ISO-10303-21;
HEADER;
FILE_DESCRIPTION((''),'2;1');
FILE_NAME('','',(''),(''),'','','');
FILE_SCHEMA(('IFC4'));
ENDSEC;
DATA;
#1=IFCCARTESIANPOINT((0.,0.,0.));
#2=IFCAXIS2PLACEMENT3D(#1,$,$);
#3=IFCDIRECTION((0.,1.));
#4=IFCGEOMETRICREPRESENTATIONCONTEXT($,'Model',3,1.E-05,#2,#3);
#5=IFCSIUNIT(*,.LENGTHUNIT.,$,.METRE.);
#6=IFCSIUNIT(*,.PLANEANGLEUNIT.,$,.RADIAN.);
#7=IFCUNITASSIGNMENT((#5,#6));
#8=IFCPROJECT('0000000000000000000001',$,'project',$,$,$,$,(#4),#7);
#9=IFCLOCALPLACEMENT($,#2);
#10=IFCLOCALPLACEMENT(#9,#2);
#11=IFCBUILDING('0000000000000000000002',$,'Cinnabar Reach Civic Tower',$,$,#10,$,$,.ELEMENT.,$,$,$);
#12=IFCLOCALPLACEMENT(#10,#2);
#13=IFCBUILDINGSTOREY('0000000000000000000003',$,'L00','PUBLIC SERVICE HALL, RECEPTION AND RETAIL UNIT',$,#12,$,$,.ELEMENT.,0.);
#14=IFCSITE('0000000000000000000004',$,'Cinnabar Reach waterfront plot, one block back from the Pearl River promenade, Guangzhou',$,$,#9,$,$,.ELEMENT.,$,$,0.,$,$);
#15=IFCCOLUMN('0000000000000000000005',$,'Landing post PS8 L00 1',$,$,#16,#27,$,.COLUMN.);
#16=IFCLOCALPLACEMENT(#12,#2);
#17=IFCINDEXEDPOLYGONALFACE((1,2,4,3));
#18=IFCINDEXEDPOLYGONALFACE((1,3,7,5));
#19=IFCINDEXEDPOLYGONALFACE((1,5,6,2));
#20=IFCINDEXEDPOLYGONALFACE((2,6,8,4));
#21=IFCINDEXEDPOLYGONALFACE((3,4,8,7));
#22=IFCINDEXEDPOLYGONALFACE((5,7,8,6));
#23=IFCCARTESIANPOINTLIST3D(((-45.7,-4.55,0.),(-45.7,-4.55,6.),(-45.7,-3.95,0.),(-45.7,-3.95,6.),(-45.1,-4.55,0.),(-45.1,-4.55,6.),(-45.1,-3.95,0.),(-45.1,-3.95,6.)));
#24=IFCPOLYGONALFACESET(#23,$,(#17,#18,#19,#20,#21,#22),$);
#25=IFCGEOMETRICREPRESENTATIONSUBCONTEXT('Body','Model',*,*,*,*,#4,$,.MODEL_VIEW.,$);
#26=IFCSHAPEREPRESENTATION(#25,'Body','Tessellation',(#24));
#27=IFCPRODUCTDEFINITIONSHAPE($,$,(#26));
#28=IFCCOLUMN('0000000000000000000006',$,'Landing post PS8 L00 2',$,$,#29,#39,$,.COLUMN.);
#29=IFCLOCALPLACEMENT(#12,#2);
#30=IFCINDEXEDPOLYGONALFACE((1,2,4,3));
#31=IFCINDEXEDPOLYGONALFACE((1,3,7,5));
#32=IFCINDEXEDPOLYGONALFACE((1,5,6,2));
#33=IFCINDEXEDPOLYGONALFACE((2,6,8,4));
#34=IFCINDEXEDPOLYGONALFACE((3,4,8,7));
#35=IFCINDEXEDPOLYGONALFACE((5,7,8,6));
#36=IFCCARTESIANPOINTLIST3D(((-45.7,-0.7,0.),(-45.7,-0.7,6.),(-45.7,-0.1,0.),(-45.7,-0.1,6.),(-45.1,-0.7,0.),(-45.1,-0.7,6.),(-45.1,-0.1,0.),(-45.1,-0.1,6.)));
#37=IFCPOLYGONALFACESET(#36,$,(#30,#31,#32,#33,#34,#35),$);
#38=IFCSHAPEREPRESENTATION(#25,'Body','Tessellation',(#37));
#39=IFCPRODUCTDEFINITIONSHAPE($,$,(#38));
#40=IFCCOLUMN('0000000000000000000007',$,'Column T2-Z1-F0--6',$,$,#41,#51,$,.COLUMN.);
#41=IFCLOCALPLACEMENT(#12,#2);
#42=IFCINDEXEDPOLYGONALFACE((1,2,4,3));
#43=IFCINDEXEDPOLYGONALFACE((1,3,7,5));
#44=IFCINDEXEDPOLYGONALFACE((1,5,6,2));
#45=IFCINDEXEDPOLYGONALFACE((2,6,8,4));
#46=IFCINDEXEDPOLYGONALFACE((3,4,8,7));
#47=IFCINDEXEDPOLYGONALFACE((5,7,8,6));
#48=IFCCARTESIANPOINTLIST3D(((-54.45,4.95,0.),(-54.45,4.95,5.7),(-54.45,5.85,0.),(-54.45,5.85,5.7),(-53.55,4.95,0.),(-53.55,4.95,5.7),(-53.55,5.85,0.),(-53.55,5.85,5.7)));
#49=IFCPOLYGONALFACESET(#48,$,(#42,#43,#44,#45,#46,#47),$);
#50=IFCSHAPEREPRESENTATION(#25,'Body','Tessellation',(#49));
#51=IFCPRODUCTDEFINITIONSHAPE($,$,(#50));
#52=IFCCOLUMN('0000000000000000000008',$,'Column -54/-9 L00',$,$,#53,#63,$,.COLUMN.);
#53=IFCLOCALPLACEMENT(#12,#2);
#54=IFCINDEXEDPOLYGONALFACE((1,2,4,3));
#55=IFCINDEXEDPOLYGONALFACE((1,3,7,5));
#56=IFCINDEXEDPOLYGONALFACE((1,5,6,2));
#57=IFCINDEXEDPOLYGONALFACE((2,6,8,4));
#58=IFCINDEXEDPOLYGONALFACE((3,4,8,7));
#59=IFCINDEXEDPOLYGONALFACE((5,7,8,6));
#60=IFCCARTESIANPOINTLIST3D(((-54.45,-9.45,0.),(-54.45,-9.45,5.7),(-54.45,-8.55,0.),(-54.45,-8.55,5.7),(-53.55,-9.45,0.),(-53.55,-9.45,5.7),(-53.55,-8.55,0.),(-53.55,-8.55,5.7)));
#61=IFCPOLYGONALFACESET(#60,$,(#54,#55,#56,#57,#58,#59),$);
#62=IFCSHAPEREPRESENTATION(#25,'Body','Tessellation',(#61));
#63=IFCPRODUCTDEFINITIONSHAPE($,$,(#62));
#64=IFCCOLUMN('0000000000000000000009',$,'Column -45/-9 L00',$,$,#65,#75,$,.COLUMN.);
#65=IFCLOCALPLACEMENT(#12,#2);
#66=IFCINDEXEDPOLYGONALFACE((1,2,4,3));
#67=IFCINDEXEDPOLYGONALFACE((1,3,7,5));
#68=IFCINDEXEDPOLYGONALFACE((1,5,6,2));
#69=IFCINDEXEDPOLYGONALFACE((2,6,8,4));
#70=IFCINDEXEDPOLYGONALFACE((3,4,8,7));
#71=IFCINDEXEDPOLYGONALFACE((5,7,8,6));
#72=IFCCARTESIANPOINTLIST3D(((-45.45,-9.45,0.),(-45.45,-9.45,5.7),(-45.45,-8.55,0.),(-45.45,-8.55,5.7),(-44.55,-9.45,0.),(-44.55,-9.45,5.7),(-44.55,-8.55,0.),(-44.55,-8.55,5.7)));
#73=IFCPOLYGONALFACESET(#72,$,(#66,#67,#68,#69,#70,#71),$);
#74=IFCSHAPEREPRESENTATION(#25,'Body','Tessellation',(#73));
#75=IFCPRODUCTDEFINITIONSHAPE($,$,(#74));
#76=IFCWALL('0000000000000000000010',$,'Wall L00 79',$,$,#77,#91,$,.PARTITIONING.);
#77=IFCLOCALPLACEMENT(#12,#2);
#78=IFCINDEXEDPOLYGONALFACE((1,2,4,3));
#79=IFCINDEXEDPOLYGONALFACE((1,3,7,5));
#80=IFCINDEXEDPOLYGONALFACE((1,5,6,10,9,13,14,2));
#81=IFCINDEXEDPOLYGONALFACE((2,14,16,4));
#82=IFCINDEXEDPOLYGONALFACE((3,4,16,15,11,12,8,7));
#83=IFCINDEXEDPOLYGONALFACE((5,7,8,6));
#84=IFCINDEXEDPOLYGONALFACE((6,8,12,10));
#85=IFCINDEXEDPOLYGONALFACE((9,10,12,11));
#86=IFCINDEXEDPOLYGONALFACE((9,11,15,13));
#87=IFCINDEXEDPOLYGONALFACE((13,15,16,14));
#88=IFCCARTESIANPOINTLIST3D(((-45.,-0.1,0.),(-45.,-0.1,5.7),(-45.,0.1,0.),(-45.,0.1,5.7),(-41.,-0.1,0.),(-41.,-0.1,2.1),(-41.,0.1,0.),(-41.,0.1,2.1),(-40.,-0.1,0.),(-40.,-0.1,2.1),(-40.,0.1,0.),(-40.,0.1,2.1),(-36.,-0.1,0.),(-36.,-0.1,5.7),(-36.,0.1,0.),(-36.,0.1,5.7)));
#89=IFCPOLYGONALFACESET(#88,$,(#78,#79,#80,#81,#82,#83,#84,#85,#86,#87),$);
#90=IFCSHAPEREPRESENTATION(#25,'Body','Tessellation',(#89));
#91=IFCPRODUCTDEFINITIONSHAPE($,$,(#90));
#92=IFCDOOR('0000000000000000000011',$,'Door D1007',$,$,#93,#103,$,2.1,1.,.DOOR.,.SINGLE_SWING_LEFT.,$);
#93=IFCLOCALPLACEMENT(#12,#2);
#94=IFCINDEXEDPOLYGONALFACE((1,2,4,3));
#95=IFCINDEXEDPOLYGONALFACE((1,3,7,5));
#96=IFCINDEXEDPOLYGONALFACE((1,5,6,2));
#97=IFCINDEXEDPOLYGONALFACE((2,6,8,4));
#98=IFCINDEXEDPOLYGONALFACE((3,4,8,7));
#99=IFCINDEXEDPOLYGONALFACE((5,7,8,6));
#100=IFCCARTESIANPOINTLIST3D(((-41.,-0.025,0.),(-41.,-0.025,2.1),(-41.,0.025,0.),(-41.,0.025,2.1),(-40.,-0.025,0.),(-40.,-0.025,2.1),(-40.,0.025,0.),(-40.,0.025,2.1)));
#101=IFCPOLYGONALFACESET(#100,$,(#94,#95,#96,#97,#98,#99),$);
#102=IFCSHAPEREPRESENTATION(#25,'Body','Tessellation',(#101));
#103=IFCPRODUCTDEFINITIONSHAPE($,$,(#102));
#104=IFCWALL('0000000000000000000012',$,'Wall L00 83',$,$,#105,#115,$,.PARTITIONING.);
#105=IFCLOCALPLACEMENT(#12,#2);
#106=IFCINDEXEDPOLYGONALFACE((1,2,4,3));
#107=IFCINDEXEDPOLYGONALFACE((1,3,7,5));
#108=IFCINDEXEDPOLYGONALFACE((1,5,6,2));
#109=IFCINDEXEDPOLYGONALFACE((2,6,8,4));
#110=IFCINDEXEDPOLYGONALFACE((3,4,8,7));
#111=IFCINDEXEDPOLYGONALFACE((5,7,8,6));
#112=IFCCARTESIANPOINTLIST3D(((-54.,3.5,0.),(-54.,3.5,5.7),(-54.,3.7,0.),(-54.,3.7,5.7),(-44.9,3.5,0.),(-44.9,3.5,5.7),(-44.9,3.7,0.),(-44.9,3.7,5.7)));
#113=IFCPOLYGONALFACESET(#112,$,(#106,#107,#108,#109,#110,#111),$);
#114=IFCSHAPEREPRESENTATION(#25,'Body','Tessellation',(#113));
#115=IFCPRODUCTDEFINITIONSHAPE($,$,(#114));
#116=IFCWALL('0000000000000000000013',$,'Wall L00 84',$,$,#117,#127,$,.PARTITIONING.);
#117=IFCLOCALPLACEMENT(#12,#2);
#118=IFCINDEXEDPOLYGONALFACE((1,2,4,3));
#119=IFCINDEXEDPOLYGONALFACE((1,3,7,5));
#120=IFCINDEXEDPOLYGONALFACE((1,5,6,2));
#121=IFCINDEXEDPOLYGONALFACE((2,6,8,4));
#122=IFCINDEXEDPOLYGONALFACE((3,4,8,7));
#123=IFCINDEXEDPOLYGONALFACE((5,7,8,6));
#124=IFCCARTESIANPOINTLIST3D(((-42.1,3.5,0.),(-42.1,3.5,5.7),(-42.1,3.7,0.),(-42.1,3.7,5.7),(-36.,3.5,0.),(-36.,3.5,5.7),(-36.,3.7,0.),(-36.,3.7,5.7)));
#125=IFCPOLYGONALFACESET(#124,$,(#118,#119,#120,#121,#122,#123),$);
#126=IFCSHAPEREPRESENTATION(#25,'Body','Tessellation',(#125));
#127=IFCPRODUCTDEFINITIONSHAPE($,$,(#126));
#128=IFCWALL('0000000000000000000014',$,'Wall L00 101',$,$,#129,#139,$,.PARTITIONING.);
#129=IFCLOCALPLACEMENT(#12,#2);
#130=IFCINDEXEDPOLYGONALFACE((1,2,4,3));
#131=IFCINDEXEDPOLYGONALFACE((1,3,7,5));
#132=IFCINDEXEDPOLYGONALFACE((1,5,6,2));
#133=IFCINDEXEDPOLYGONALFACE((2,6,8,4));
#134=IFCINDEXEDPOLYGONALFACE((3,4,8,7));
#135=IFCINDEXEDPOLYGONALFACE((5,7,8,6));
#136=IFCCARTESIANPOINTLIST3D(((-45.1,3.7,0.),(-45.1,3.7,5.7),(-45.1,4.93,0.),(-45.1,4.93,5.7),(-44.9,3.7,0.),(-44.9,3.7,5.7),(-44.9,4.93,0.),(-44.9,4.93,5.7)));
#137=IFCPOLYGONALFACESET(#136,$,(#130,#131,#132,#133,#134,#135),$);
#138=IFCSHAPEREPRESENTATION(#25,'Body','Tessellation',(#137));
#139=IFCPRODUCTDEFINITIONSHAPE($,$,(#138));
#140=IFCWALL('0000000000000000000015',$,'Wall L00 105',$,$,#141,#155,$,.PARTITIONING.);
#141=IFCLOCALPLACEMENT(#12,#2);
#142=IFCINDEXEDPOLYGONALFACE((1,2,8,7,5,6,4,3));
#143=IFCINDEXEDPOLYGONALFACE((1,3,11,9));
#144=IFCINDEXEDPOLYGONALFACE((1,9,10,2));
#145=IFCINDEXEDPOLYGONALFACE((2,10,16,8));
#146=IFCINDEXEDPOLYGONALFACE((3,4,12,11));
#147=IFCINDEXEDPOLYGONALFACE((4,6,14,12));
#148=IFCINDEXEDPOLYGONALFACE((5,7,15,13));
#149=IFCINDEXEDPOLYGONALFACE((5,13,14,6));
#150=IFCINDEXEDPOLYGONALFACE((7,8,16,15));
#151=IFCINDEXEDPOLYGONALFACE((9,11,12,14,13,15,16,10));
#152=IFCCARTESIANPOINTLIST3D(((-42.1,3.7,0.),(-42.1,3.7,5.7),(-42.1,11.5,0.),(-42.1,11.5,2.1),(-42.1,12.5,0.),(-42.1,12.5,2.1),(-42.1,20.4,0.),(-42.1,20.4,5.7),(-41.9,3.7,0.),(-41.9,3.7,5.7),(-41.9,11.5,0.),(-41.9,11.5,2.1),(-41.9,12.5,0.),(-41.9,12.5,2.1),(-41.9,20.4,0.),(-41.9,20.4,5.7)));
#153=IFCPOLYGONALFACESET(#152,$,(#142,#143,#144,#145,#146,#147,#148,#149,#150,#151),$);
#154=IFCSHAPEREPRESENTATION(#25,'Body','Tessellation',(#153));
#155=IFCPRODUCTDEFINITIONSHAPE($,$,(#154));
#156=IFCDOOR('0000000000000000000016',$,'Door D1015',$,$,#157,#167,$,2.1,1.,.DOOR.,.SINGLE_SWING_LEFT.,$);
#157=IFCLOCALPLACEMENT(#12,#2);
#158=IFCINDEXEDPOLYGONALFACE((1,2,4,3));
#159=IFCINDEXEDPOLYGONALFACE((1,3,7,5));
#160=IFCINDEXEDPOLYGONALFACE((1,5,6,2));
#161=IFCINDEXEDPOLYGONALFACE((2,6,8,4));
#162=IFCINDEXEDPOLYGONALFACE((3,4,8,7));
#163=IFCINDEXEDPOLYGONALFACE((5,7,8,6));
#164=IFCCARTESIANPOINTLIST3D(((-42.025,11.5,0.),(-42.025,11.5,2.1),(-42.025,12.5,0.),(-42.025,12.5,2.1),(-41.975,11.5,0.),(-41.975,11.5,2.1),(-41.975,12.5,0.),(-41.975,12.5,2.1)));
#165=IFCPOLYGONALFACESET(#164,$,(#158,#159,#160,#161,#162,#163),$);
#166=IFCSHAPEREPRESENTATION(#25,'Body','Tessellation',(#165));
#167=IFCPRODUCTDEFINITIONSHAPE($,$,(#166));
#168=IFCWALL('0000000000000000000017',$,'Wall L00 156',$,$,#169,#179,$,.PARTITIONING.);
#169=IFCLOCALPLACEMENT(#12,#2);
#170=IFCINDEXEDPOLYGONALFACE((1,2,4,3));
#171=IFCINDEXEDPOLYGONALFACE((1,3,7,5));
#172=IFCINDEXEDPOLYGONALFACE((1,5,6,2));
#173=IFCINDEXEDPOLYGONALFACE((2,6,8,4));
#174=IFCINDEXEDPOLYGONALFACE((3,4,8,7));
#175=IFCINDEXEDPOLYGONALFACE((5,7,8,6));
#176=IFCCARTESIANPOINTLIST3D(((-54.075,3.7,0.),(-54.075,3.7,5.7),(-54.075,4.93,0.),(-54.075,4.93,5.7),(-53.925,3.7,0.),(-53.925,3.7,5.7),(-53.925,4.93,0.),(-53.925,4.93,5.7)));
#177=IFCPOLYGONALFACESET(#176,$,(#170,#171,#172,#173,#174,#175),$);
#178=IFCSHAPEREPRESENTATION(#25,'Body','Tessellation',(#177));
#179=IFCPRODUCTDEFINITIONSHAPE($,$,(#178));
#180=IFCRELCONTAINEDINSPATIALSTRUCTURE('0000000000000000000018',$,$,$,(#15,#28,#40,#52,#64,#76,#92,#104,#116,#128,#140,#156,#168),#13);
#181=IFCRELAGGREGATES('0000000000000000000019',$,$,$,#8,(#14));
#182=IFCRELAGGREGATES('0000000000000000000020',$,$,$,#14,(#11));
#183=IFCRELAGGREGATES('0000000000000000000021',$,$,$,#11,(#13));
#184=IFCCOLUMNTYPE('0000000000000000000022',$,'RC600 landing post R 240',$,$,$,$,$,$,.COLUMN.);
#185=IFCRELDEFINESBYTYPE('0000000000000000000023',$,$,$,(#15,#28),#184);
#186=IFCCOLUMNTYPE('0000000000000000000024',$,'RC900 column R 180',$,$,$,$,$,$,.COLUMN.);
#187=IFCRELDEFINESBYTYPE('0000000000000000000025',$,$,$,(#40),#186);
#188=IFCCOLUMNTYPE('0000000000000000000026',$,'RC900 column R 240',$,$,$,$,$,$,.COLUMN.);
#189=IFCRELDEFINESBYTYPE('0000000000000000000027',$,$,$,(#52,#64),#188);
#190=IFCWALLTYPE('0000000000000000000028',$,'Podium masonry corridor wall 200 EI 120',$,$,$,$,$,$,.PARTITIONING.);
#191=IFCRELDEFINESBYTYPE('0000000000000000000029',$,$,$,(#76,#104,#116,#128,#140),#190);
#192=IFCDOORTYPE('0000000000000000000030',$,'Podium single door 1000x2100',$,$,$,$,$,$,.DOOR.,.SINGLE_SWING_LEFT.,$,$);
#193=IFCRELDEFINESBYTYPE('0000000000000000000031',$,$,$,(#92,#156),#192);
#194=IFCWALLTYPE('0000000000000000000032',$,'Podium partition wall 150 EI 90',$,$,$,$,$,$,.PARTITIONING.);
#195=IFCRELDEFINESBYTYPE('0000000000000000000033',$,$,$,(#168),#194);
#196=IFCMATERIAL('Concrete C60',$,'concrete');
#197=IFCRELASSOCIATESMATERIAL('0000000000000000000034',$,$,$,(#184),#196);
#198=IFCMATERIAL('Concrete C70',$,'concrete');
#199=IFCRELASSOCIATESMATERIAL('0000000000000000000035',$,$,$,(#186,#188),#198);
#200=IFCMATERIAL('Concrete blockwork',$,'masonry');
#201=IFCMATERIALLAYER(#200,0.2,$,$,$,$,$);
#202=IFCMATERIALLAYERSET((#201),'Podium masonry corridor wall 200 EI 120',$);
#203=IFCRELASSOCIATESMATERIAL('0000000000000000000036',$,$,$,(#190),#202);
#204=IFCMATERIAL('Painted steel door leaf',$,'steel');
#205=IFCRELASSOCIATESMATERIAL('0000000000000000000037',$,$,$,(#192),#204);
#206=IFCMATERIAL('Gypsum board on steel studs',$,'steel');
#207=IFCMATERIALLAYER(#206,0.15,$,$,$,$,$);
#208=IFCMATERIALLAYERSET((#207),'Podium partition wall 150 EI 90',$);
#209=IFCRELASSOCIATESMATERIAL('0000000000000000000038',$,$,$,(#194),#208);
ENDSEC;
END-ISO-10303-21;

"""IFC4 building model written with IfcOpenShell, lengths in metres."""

from ifc_helpers import new_model, si_unit, direction, frame, frame_2d, origin, origin_2d, place, context, subcontext, project, spatial, rectangle, extrude, material, layer, layer_set, material_profile, profile_set, type_object, element, fill, save


model = new_model("IFC4")

# Units and contexts
model_context = context("Model", 3, precision=1e-05, world=origin(), true_north=direction((0.0, 1.0)))
body_context = subcontext(model_context, "Body", "Model", "MODEL_VIEW")
ifc_project = project(units=[si_unit("LENGTHUNIT", "METRE"), si_unit("PLANEANGLEUNIT", "RADIAN")], contexts=[model_context])

# Site, building, storey
site_placement = place(None, origin())
site = spatial("IfcSite", under=ifc_project, at=site_placement, Name="Cinnabar Reach waterfront plot, one block back from the Pearl River promenade, Guangzhou", CompositionType="ELEMENT", RefElevation=0.0)
building_placement = place(site_placement, origin())
building = spatial("IfcBuilding", under=site, at=building_placement, Name="Cinnabar Reach Civic Tower", CompositionType="ELEMENT")
storey_placement = place(building_placement, origin())
storey = spatial("IfcBuildingStorey", under=building, at=storey_placement, Name="L00", Description="PUBLIC SERVICE HALL, RECEPTION AND RETAIL UNIT", CompositionType="ELEMENT", Elevation=0.0)

# Columns
ifc_material_1 = material(Name="Concrete C60", Category="concrete")
ifc_material_profile_1 = material_profile(ifc_material_1, rectangle(XDim=0.6, YDim=0.6, at=origin_2d()), Name="RC600")
ifc_profile_set_1 = profile_set([ifc_material_profile_1], Name="Concrete C60")
column_type_1 = type_object("IfcColumnType", Name="RC600 landing post R 240", PredefinedType="COLUMN", material=ifc_profile_set_1)
for number, where, z_axis, x_axis, name in (
    (1, (-45.4, -4.25, 0.0), (0.0, 0.0, 1.0), (1.0, 0.0, 0.0), "Landing post PS8 L00 1"),
    (2, (-45.4, -0.4, 0.0), (0.0, 0.0, 1.0), (1.0, 0.0, 0.0), "Landing post PS8 L00 2"),
):
    element("IfcColumn", number, at=place(storey_placement, frame(where, z_axis=z_axis, x_axis=x_axis)), inside=storey, type_object=column_type_1, Name=name, PredefinedType="COLUMN", context=body_context, shape_type="SweptSolid", body=[
        extrude(rectangle(XDim=0.6, YDim=0.6, at=origin_2d()), origin(), (0.0, 0.0, 1.0), 6.0),
    ])
ifc_material_2 = material(Name="Concrete C70", Category="concrete")
ifc_material_profile_2 = material_profile(ifc_material_2, rectangle(XDim=0.9, YDim=0.9, at=origin_2d()), Name="RC900")
ifc_profile_set_2 = profile_set([ifc_material_profile_2], Name="Concrete C70")
column_type_2 = type_object("IfcColumnType", Name="RC900 column R 180", PredefinedType="COLUMN", material=ifc_profile_set_2)
column_placement = place(storey_placement, frame((-54.0, 5.4, 0.0), z_axis=(0.0, 0.0, 1.0), x_axis=(1.0, 0.0, 0.0)))
element("IfcColumn", 3, at=column_placement, inside=storey, type_object=column_type_2, Name="Column T2-Z1-F0--6", PredefinedType="COLUMN", context=body_context, shape_type="SweptSolid", body=[
    extrude(rectangle(XDim=0.9, YDim=0.9, at=origin_2d()), origin(), (0.0, 0.0, 1.0), 5.7),
])
ifc_material_profile_3 = material_profile(ifc_material_2, rectangle(XDim=0.9, YDim=0.9, at=origin_2d()), Name="RC900")
ifc_profile_set_3 = profile_set([ifc_material_profile_3], Name="Concrete C70")
column_type_3 = type_object("IfcColumnType", Name="RC900 column R 240", PredefinedType="COLUMN", material=ifc_profile_set_3)
for number, where, z_axis, x_axis, name in (
    (4, (-54.0, -9.0, 0.0), (0.0, 0.0, 1.0), (1.0, 0.0, 0.0), "Column -54/-9 L00"),
    (5, (-45.0, -9.0, 0.0), (0.0, 0.0, 1.0), (1.0, 0.0, 0.0), "Column -45/-9 L00"),
):
    element("IfcColumn", number, at=place(storey_placement, frame(where, z_axis=z_axis, x_axis=x_axis)), inside=storey, type_object=column_type_3, Name=name, PredefinedType="COLUMN", context=body_context, shape_type="SweptSolid", body=[
        extrude(rectangle(XDim=0.9, YDim=0.9, at=origin_2d()), origin(), (0.0, 0.0, 1.0), 5.7),
    ])

# Wall, opening, door
ifc_material_3 = material(Name="Concrete blockwork", Category="masonry")
ifc_layer_1 = layer(ifc_material_3, 0.2)
ifc_layer_set_1 = layer_set([ifc_layer_1], Name="Podium masonry corridor wall 200 EI 120")
wall_type_1 = type_object("IfcWallType", Name="Podium masonry corridor wall 200 EI 120", PredefinedType="PARTITIONING", material=ifc_layer_set_1)
wall_1_placement = place(storey_placement, frame((-45.0, 0.0, 0.0), z_axis=(0.0, 0.0, 1.0), x_axis=(1.0, 0.0, 0.0)))
wall_1 = element("IfcWall", 6, at=wall_1_placement, inside=storey, type_object=wall_type_1, Name="Wall L00 79", PredefinedType="PARTITIONING", context=body_context, shape_type="SweptSolid", body=[
    extrude(rectangle(XDim=9.0, YDim=0.2, at=frame_2d((4.5, 0.0))), origin(), (0.0, 0.0, 1.0), 5.7),
])
opening_1_placement = place(wall_1_placement, frame((4.0, 0.0, 0.0)))
opening_1 = element("IfcOpeningElement", 7, at=opening_1_placement, cuts=wall_1, PredefinedType="OPENING", context=body_context, shape_type="SweptSolid", body=[
    extrude(rectangle(XDim=1.0, YDim=2.1, at=frame_2d((0.5, 1.05))), frame((0.0, 0.11, 0.0), z_axis=(0.0, -1.0, 0.0), x_axis=(1.0, 0.0, 0.0)), (0.0, 0.0, 1.0), 0.22),
])
ifc_material_4 = material(Name="Painted steel door leaf", Category="steel")
door_type = type_object("IfcDoorType", Name="Podium single door 1000x2100", OperationType="SINGLE_SWING_LEFT", PredefinedType="DOOR", material=ifc_material_4)
door_1_placement = place(opening_1_placement, frame((1.0, 0.0, 0.0), z_axis=(0.0, 0.0, 1.0), x_axis=(-1.0, 0.0, 0.0)))
door_1 = element("IfcDoor", 8, at=door_1_placement, inside=storey, type_object=door_type, Name="Door D1007", OperationType="SINGLE_SWING_LEFT", OverallHeight=2.1, OverallWidth=1.0, PredefinedType="DOOR", context=body_context, shape_type="SweptSolid", body=[
    extrude(rectangle(XDim=1.0, YDim=2.1, at=frame_2d((0.5, 1.05))), frame((0.0, 0.025, 0.0), z_axis=(0.0, -1.0, 0.0), x_axis=(1.0, 0.0, 0.0)), (0.0, 0.0, 1.0), 0.05),
])
fill(opening_1, door_1)

# Walls
wall_2_placement = place(storey_placement, frame((-54.0, 3.6, 0.0), z_axis=(0.0, 0.0, 1.0), x_axis=(1.0, 0.0, 0.0)))
element("IfcWall", 9, at=wall_2_placement, inside=storey, type_object=wall_type_1, Name="Wall L00 83", PredefinedType="PARTITIONING", context=body_context, shape_type="SweptSolid", body=[
    extrude(rectangle(XDim=9.1, YDim=0.2, at=frame_2d((4.55, 0.0))), origin(), (0.0, 0.0, 1.0), 5.7),
])
wall_3_placement = place(storey_placement, frame((-42.1, 3.6, 0.0), z_axis=(0.0, 0.0, 1.0), x_axis=(1.0, 0.0, 0.0)))
element("IfcWall", 10, at=wall_3_placement, inside=storey, type_object=wall_type_1, Name="Wall L00 84", PredefinedType="PARTITIONING", context=body_context, shape_type="SweptSolid", body=[
    extrude(rectangle(XDim=6.1, YDim=0.2, at=frame_2d((3.05, 0.0))), origin(), (0.0, 0.0, 1.0), 5.7),
])
wall_4_placement = place(storey_placement, frame((-45.0, 3.7, 0.0), z_axis=(0.0, 0.0, 1.0), x_axis=(0.0, 1.0, 0.0)))
element("IfcWall", 11, at=wall_4_placement, inside=storey, type_object=wall_type_1, Name="Wall L00 101", PredefinedType="PARTITIONING", context=body_context, shape_type="SweptSolid", body=[
    extrude(rectangle(XDim=1.23, YDim=0.2, at=frame_2d((0.615, 0.0))), origin(), (0.0, 0.0, 1.0), 5.7),
])

# Wall, opening, door
wall_5_placement = place(storey_placement, frame((-42.0, 3.7, 0.0), z_axis=(0.0, 0.0, 1.0), x_axis=(0.0, 1.0, 0.0)))
wall_5 = element("IfcWall", 12, at=wall_5_placement, inside=storey, type_object=wall_type_1, Name="Wall L00 105", PredefinedType="PARTITIONING", context=body_context, shape_type="SweptSolid", body=[
    extrude(rectangle(XDim=16.7, YDim=0.2, at=frame_2d((8.35, 0.0))), origin(), (0.0, 0.0, 1.0), 5.7),
])
opening_2_placement = place(wall_5_placement, frame((7.8, 0.0, 0.0)))
opening_2 = element("IfcOpeningElement", 13, at=opening_2_placement, cuts=wall_5, PredefinedType="OPENING", context=body_context, shape_type="SweptSolid", body=[
    extrude(rectangle(XDim=1.0, YDim=2.1, at=frame_2d((0.5, 1.05))), frame((0.0, 0.11, 0.0), z_axis=(0.0, -1.0, 0.0), x_axis=(1.0, 0.0, 0.0)), (0.0, 0.0, 1.0), 0.22),
])
door_2_placement = place(opening_2_placement, frame((1.0, 0.0, 0.0), z_axis=(0.0, 0.0, 1.0), x_axis=(-1.0, 0.0, 0.0)))
door_2 = element("IfcDoor", 14, at=door_2_placement, inside=storey, type_object=door_type, Name="Door D1015", OperationType="SINGLE_SWING_LEFT", OverallHeight=2.1, OverallWidth=1.0, PredefinedType="DOOR", context=body_context, shape_type="SweptSolid", body=[
    extrude(rectangle(XDim=1.0, YDim=2.1, at=frame_2d((0.5, 1.05))), frame((0.0, 0.025, 0.0), z_axis=(0.0, -1.0, 0.0), x_axis=(1.0, 0.0, 0.0)), (0.0, 0.0, 1.0), 0.05),
])
fill(opening_2, door_2)

# Wall
ifc_material_5 = material(Name="Gypsum board on steel studs", Category="steel")
ifc_layer_2 = layer(ifc_material_5, 0.15)
ifc_layer_set_2 = layer_set([ifc_layer_2], Name="Podium partition wall 150 EI 90")
wall_type_2 = type_object("IfcWallType", Name="Podium partition wall 150 EI 90", PredefinedType="PARTITIONING", material=ifc_layer_set_2)
wall_6_placement = place(storey_placement, frame((-54.0, 3.7, 0.0), z_axis=(0.0, 0.0, 1.0), x_axis=(0.0, 1.0, 0.0)))
element("IfcWall", 15, at=wall_6_placement, inside=storey, type_object=wall_type_2, Name="Wall L00 156", PredefinedType="PARTITIONING", context=body_context, shape_type="SweptSolid", body=[
    extrude(rectangle(XDim=1.23, YDim=0.15, at=frame_2d((0.615, 0.0))), origin(), (0.0, 0.0, 1.0), 5.7),
])

save(model, "model.ifc")
